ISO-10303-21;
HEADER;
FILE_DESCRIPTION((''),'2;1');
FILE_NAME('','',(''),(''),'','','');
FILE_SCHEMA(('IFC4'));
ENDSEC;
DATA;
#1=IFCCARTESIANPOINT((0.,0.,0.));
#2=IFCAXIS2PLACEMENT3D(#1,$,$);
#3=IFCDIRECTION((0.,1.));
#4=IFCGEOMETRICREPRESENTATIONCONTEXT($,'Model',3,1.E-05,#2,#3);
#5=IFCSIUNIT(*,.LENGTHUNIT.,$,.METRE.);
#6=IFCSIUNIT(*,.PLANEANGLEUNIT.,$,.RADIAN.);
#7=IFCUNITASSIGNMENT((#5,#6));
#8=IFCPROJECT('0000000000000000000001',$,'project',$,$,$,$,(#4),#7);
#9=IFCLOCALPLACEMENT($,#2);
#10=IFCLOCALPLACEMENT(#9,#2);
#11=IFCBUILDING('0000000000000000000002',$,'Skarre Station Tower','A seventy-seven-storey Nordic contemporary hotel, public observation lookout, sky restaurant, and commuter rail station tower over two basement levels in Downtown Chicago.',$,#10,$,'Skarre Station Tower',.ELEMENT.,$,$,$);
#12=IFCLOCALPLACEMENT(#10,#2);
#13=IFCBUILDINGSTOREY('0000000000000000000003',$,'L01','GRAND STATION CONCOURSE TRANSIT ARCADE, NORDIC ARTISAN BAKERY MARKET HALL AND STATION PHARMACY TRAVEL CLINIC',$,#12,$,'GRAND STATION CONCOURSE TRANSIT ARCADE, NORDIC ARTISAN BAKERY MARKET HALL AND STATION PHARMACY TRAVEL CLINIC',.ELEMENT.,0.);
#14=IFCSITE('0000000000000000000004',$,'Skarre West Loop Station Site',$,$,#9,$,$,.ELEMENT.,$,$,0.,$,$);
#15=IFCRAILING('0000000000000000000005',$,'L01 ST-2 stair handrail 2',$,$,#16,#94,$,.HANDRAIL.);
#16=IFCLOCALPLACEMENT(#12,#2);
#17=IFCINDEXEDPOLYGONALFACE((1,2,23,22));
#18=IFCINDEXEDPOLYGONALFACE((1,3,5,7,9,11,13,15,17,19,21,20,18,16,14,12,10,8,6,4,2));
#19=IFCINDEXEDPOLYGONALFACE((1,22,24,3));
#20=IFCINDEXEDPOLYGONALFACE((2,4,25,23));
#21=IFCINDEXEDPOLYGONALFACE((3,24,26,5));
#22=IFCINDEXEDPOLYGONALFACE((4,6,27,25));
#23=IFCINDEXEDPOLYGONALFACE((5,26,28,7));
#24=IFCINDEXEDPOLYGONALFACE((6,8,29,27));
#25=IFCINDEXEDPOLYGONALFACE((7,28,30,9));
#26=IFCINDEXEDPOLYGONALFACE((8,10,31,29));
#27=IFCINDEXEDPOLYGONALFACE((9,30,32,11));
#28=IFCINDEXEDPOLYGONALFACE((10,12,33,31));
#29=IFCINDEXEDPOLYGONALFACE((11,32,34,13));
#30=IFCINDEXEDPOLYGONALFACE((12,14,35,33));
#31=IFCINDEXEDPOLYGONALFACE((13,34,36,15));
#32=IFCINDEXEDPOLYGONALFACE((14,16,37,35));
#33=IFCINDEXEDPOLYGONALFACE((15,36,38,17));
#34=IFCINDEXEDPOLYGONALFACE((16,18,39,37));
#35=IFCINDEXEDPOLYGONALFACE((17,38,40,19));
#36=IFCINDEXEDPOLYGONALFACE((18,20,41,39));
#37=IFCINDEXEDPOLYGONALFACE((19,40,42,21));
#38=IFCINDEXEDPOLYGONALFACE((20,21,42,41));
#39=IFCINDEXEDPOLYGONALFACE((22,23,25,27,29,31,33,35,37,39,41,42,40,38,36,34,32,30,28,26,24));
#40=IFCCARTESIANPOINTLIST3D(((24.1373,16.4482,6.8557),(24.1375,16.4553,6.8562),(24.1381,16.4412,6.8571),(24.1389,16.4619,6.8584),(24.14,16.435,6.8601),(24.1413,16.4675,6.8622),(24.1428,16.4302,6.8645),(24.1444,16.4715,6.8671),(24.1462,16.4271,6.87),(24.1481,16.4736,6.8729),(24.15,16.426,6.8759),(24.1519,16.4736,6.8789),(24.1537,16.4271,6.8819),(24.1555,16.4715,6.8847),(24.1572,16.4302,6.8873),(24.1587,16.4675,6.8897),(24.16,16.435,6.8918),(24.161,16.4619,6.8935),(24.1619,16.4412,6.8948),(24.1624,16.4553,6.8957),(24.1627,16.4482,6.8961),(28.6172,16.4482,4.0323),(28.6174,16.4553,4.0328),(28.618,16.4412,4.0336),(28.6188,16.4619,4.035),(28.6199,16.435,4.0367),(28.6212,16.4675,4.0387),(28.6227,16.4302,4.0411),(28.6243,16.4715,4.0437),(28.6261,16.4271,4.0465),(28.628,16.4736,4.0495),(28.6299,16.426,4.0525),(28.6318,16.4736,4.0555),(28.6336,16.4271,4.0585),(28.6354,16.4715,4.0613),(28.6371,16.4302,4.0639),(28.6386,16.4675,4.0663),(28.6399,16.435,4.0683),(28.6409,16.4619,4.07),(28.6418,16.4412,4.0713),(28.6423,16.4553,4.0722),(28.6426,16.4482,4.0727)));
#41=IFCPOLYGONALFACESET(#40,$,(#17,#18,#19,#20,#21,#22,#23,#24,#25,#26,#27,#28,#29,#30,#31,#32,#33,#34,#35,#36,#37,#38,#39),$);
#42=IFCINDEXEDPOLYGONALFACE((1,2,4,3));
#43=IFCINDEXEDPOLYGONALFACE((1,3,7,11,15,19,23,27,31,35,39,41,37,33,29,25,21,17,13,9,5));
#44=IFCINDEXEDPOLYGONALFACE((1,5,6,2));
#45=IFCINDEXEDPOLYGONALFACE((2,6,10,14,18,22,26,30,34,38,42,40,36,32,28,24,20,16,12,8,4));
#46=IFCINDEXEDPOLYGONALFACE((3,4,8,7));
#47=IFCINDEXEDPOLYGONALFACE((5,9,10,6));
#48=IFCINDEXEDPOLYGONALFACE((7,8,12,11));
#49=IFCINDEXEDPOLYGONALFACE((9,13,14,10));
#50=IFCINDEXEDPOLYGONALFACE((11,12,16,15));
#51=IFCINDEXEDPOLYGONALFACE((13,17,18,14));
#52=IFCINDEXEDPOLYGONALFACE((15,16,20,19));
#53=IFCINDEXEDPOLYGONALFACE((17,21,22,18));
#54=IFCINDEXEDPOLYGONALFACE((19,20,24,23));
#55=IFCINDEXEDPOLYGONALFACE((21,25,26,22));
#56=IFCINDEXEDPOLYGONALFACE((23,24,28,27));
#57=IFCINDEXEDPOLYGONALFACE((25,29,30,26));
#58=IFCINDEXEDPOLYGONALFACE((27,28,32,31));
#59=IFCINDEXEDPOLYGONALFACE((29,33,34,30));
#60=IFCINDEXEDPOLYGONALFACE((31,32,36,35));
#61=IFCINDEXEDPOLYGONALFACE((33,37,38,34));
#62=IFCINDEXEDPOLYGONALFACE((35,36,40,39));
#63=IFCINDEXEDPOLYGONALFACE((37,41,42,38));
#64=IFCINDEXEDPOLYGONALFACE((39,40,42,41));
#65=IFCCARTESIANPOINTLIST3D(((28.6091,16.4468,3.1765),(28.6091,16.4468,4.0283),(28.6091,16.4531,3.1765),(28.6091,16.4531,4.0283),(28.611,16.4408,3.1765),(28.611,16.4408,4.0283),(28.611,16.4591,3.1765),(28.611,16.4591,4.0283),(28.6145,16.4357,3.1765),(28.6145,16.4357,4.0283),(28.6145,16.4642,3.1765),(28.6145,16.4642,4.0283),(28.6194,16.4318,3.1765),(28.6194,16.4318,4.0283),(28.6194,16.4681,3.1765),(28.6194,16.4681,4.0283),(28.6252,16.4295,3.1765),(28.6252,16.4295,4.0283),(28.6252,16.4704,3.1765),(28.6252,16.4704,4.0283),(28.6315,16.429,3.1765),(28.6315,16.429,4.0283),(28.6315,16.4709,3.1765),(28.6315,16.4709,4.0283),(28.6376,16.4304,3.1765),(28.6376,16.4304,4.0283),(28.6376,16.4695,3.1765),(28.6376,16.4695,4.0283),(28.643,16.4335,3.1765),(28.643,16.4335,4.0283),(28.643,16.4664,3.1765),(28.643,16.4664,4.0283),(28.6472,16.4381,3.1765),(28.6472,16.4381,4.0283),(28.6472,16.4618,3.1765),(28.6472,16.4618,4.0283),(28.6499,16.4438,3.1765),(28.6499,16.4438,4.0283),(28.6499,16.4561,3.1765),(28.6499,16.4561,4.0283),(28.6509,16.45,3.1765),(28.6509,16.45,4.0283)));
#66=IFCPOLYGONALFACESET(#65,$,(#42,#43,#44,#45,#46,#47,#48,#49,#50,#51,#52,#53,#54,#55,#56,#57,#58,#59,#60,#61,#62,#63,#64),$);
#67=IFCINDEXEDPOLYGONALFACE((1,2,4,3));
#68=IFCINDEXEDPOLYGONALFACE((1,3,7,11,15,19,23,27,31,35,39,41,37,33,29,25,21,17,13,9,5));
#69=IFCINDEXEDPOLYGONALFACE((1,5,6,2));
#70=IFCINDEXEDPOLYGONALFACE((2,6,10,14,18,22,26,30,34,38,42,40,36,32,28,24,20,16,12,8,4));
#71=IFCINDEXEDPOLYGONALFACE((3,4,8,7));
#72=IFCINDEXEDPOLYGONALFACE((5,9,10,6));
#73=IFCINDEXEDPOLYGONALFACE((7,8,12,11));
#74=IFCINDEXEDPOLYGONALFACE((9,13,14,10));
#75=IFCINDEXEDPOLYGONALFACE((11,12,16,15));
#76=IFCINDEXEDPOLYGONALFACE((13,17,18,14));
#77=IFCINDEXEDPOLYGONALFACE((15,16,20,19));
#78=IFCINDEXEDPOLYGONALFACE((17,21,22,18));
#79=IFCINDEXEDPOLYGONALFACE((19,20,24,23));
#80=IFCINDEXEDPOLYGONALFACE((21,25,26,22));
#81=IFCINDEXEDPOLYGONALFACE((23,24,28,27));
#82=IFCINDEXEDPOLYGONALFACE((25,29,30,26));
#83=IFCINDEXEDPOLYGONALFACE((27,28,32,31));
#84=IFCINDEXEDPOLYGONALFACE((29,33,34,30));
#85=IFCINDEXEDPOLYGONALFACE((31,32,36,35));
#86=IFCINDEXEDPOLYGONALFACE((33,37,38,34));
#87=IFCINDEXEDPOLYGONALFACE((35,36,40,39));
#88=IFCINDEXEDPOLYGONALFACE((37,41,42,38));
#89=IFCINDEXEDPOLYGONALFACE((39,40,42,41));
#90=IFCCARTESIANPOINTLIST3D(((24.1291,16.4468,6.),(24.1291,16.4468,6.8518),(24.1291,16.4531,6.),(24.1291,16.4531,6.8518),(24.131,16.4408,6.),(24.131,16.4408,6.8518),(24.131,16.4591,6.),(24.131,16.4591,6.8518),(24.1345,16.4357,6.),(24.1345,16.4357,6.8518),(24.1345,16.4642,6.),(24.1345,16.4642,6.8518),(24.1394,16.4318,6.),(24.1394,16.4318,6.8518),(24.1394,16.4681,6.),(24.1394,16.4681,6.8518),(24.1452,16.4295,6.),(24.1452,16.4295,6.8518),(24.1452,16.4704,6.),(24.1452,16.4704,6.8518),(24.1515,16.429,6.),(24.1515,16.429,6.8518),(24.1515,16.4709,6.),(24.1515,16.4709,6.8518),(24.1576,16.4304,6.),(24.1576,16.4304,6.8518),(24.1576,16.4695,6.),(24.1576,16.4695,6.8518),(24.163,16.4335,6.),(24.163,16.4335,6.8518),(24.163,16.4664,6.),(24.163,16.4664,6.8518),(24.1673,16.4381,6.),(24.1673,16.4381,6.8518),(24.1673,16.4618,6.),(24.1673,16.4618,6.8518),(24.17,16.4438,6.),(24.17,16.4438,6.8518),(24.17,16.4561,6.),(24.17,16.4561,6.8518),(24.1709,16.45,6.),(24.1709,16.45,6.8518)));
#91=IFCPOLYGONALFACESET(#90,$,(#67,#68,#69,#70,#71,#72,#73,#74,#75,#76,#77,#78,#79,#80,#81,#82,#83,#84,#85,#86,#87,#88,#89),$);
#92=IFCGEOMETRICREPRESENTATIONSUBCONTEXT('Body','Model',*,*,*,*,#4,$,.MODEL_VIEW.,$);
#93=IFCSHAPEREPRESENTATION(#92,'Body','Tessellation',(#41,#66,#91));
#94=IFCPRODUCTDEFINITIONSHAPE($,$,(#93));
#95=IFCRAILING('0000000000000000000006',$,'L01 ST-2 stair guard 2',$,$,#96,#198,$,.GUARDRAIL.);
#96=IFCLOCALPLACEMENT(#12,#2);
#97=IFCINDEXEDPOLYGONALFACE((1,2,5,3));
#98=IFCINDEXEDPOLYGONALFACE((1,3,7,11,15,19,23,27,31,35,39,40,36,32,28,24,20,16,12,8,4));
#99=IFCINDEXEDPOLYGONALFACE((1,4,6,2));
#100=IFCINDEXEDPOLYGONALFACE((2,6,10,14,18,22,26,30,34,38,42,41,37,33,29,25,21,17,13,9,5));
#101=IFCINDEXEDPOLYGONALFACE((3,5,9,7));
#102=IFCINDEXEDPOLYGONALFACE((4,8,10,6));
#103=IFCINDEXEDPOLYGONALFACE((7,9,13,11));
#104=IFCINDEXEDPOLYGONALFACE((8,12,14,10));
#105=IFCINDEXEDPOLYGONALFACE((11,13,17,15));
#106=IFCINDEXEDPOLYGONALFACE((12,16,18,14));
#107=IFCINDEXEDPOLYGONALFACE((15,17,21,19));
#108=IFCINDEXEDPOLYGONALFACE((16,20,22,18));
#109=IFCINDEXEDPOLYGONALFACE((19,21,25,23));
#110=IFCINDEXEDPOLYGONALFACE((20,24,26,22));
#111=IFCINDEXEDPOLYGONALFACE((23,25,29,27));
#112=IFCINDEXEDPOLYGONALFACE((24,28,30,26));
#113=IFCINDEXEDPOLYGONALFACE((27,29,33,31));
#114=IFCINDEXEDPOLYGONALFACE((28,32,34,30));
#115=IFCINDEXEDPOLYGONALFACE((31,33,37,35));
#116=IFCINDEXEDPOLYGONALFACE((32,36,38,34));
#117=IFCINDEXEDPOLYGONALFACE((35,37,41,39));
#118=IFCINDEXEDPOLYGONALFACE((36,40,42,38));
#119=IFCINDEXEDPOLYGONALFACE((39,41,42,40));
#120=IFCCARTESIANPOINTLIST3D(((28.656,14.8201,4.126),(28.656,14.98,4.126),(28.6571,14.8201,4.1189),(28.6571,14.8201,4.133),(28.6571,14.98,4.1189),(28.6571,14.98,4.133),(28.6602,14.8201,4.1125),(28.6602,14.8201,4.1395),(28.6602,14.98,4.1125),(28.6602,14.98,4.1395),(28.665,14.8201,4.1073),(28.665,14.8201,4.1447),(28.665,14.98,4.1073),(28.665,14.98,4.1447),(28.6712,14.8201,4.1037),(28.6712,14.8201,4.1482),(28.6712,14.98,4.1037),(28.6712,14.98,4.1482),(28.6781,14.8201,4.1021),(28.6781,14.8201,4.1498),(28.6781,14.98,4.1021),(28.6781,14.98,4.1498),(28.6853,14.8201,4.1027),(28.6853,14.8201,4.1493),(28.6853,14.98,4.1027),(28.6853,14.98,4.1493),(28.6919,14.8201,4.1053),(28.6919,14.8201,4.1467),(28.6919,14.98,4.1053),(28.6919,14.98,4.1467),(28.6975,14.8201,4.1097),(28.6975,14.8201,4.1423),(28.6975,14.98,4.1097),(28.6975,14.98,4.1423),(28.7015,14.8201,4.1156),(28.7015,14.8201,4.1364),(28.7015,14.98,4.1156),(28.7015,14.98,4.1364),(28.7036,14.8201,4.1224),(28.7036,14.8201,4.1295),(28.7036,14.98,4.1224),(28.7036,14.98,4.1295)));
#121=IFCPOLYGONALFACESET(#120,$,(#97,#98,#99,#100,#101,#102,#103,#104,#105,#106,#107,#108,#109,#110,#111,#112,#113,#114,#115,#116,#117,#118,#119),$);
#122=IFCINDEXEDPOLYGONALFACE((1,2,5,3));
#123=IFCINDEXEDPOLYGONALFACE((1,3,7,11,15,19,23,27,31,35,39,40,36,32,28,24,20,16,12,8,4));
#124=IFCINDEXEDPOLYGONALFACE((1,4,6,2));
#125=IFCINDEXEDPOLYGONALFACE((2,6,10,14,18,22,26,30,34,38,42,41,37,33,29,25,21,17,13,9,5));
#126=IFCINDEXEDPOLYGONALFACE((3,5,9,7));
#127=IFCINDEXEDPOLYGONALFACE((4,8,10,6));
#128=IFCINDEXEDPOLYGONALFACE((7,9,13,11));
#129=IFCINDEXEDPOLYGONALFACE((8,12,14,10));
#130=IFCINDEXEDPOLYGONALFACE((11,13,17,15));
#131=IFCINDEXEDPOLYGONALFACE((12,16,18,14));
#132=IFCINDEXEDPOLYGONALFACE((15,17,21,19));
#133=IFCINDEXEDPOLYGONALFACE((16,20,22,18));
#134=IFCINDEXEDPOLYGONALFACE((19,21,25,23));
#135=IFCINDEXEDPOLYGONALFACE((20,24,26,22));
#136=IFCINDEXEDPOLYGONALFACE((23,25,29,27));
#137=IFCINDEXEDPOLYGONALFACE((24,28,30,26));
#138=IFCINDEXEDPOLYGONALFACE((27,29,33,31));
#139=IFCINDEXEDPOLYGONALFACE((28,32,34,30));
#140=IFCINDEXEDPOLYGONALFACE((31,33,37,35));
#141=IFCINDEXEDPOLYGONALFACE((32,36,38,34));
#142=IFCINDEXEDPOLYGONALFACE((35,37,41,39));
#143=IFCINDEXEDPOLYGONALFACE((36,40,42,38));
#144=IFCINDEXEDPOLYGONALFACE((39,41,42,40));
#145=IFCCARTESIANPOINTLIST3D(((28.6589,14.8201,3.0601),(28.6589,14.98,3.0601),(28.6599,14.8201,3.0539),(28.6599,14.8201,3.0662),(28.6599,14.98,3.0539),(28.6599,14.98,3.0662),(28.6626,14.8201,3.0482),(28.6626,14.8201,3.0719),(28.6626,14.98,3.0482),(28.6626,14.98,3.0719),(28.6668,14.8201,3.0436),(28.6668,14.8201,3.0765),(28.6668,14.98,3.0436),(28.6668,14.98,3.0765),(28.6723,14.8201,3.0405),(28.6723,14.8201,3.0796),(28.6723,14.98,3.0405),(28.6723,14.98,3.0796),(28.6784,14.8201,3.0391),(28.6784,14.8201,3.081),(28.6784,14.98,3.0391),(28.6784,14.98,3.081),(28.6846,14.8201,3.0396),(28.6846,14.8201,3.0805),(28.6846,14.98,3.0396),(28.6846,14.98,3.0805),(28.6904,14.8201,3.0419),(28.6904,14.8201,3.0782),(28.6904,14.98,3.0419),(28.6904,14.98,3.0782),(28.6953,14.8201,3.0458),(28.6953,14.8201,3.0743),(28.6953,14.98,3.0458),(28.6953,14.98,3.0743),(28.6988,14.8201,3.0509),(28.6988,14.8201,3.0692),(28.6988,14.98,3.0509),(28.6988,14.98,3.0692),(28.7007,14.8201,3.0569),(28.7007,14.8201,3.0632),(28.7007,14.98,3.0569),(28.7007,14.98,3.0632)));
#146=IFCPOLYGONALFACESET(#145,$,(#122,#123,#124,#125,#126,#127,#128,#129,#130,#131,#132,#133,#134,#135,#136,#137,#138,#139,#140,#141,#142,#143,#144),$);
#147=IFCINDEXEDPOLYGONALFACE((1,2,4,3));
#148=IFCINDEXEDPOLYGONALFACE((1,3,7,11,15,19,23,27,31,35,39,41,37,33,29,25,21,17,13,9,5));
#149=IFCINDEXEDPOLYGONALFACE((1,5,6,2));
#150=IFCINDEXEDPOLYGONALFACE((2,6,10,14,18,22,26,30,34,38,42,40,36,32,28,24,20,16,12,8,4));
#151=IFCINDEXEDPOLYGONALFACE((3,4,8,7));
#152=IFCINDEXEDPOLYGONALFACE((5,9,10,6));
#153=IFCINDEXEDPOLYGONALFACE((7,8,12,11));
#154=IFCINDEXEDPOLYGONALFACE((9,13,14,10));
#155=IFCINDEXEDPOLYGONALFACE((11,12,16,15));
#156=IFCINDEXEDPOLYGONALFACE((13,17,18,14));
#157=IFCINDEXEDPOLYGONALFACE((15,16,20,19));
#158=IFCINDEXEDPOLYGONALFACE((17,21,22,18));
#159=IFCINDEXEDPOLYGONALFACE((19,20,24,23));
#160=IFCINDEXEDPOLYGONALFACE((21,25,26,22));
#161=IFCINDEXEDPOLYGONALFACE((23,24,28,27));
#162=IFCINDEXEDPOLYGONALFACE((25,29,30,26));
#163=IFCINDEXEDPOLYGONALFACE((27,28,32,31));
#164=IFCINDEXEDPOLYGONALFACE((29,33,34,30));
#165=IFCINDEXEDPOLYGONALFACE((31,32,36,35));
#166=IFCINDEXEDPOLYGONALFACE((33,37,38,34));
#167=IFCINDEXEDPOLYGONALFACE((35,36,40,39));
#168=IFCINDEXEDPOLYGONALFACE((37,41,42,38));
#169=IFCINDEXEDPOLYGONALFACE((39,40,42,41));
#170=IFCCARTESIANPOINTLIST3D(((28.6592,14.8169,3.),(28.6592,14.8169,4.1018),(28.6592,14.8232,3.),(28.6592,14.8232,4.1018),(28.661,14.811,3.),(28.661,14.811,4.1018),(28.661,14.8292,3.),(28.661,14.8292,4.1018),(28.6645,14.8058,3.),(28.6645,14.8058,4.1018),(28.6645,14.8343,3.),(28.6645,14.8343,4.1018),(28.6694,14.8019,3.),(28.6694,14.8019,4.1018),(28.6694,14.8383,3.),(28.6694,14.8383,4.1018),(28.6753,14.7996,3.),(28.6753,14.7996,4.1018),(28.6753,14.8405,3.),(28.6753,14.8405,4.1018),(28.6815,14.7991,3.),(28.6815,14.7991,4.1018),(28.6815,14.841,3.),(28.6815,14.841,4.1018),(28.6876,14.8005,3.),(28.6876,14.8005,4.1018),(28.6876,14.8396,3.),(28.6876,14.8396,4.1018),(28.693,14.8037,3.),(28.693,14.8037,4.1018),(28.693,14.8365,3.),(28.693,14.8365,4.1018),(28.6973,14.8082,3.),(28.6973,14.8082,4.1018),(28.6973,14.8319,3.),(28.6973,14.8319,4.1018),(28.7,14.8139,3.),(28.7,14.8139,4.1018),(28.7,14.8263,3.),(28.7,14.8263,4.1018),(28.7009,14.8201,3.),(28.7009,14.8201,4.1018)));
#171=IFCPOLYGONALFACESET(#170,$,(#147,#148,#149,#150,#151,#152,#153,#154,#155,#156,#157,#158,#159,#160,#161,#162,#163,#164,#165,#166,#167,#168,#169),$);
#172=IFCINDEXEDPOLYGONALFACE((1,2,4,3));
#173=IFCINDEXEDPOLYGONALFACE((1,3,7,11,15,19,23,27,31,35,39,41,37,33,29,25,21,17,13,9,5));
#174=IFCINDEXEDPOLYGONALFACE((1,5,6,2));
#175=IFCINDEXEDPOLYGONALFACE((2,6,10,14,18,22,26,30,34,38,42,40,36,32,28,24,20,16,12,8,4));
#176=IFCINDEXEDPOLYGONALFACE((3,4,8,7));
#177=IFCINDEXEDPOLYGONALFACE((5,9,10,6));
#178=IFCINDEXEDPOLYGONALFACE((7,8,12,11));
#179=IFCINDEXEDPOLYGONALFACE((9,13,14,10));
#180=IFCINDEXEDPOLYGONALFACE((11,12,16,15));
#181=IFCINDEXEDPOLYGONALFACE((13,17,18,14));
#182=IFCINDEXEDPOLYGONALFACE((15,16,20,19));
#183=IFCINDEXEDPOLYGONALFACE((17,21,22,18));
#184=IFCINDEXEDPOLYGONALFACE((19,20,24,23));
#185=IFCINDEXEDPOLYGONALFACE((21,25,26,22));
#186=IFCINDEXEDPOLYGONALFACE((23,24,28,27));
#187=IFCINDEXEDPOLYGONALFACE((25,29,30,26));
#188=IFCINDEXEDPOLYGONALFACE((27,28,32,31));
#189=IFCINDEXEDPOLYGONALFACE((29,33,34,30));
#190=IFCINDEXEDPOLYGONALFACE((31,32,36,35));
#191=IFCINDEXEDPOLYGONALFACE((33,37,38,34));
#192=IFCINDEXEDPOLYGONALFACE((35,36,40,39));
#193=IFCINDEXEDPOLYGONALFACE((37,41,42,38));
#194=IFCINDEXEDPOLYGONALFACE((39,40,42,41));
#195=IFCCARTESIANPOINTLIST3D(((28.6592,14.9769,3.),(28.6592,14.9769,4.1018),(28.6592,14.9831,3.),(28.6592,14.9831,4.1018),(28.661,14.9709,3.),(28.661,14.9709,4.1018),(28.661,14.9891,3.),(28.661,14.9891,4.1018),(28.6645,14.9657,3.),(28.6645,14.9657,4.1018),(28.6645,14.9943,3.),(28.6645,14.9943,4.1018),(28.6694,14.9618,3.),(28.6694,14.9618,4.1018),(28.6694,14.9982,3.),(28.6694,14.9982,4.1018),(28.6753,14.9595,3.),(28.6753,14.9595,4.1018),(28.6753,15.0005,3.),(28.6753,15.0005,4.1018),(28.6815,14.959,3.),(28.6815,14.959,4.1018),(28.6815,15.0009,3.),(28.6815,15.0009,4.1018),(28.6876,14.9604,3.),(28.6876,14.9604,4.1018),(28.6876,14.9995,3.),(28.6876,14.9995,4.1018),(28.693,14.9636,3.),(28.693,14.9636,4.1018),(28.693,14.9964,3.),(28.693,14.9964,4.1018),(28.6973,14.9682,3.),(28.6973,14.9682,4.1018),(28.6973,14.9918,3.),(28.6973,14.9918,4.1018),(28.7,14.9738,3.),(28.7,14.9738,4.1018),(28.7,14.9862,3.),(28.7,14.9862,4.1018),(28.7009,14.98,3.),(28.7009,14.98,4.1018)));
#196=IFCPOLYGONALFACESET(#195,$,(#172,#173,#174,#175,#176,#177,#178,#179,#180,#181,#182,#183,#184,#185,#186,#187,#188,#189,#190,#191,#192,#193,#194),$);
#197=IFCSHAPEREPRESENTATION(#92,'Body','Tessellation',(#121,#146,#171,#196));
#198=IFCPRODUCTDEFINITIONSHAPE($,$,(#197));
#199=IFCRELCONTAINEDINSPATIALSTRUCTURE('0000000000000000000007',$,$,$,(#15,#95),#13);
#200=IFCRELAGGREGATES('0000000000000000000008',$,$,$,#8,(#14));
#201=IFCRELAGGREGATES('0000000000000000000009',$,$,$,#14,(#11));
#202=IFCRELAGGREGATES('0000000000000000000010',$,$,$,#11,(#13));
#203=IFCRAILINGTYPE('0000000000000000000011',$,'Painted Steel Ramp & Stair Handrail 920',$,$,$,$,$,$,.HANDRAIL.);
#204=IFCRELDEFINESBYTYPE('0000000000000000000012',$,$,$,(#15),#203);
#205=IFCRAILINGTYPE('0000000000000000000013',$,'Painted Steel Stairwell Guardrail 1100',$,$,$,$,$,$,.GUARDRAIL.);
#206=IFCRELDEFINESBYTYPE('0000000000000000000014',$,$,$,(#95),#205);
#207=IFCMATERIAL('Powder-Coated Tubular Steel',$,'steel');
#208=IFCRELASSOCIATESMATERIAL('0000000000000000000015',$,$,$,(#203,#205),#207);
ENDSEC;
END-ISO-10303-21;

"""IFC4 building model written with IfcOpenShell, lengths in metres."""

from ifc_helpers import new_model, si_unit, direction, frame, origin, origin_2d, place, context, subcontext, project, spatial, circle, extrude, material, type_object, element, save


model = new_model("IFC4")

# Units and contexts
model_context = context("Model", 3, precision=1e-05, world=origin(), true_north=direction((0.0, 1.0)))
body_context = subcontext(model_context, "Body", "Model", "MODEL_VIEW")
ifc_project = project(units=[si_unit("LENGTHUNIT", "METRE"), si_unit("PLANEANGLEUNIT", "RADIAN")], contexts=[model_context])

# Site, building, storey
site_placement = place(None, origin())
site = spatial("IfcSite", under=ifc_project, at=site_placement, Name="Skarre West Loop Station Site", CompositionType="ELEMENT", RefElevation=0.0)
building_placement = place(site_placement, origin())
building = spatial("IfcBuilding", under=site, at=building_placement, Name="Skarre Station Tower", Description="A seventy-seven-storey Nordic contemporary hotel, public observation lookout, sky restaurant, and commuter rail station tower over two basement levels in Downtown Chicago.", LongName="Skarre Station Tower", CompositionType="ELEMENT")
storey_placement = place(building_placement, origin())
storey = spatial("IfcBuildingStorey", under=building, at=storey_placement, Name="L01", Description="GRAND STATION CONCOURSE TRANSIT ARCADE, NORDIC ARTISAN BAKERY MARKET HALL AND STATION PHARMACY TRAVEL CLINIC", LongName="GRAND STATION CONCOURSE TRANSIT ARCADE, NORDIC ARTISAN BAKERY MARKET HALL AND STATION PHARMACY TRAVEL CLINIC", CompositionType="ELEMENT", Elevation=0.0)

# Railings
ifc_material_1 = material(Name="Powder-Coated Tubular Steel", Category="steel")
railing_type_1 = type_object("IfcRailingType", Name="Painted Steel Ramp & Stair Handrail 920", PredefinedType="HANDRAIL", material=ifc_material_1)
railing_1_placement = place(storey_placement, frame((28.6299, 16.45, 3.1765)))
element("IfcRailing", 1, at=railing_1_placement, inside=storey, type_object=railing_type_1, Name="L01 ST-2 stair handrail 2", PredefinedType="HANDRAIL", context=body_context, shape_type="SweptSolid", body=[
    extrude(circle(Radius=0.0239, at=origin_2d()), frame((0.0, 0.0, 0.876), z_axis=(-0.845998, 0.0, 0.533186), x_axis=(0.0, -1.0, 0.0)), (0.0, 0.0, 1.0), 5.2954),
    extrude(circle(Radius=0.021, at=origin_2d()), origin(), (0.0, 0.0, 1.0), 0.8518),
    extrude(circle(Radius=0.021, at=origin_2d()), frame((-4.48, 0.0, 2.8235)), (0.0, 0.0, 1.0), 0.8518),
])
railing_type_2 = type_object("IfcRailingType", Name="Painted Steel Stairwell Guardrail 1100", PredefinedType="GUARDRAIL", material=ifc_material_1)
railing_2_placement = place(storey_placement, frame((28.6799, 14.8201, 3.0)))
element("IfcRailing", 2, at=railing_2_placement, inside=storey, type_object=railing_type_2, Name="L01 ST-2 stair guard 2", PredefinedType="GUARDRAIL", context=body_context, shape_type="SweptSolid", body=[
    extrude(circle(Radius=0.0239, at=origin_2d()), frame((0.0, 0.0, 1.126), z_axis=(0.0, 1.0, 0.0), x_axis=(-1.0, 0.0, 0.0)), (0.0, 0.0, 1.0), 0.1599),
    extrude(circle(Radius=0.021, at=origin_2d()), frame((0.0, 0.0, 0.0601), z_axis=(0.0, 1.0, 0.0), x_axis=(-1.0, 0.0, 0.0)), (0.0, 0.0, 1.0), 0.1599),
    extrude(circle(Radius=0.021, at=origin_2d()), origin(), (0.0, 0.0, 1.0), 1.1018),
    extrude(circle(Radius=0.021, at=origin_2d()), frame((0.0, 0.1599, 0.0)), (0.0, 0.0, 1.0), 1.1018),
])

save(model, "model.ifc")
